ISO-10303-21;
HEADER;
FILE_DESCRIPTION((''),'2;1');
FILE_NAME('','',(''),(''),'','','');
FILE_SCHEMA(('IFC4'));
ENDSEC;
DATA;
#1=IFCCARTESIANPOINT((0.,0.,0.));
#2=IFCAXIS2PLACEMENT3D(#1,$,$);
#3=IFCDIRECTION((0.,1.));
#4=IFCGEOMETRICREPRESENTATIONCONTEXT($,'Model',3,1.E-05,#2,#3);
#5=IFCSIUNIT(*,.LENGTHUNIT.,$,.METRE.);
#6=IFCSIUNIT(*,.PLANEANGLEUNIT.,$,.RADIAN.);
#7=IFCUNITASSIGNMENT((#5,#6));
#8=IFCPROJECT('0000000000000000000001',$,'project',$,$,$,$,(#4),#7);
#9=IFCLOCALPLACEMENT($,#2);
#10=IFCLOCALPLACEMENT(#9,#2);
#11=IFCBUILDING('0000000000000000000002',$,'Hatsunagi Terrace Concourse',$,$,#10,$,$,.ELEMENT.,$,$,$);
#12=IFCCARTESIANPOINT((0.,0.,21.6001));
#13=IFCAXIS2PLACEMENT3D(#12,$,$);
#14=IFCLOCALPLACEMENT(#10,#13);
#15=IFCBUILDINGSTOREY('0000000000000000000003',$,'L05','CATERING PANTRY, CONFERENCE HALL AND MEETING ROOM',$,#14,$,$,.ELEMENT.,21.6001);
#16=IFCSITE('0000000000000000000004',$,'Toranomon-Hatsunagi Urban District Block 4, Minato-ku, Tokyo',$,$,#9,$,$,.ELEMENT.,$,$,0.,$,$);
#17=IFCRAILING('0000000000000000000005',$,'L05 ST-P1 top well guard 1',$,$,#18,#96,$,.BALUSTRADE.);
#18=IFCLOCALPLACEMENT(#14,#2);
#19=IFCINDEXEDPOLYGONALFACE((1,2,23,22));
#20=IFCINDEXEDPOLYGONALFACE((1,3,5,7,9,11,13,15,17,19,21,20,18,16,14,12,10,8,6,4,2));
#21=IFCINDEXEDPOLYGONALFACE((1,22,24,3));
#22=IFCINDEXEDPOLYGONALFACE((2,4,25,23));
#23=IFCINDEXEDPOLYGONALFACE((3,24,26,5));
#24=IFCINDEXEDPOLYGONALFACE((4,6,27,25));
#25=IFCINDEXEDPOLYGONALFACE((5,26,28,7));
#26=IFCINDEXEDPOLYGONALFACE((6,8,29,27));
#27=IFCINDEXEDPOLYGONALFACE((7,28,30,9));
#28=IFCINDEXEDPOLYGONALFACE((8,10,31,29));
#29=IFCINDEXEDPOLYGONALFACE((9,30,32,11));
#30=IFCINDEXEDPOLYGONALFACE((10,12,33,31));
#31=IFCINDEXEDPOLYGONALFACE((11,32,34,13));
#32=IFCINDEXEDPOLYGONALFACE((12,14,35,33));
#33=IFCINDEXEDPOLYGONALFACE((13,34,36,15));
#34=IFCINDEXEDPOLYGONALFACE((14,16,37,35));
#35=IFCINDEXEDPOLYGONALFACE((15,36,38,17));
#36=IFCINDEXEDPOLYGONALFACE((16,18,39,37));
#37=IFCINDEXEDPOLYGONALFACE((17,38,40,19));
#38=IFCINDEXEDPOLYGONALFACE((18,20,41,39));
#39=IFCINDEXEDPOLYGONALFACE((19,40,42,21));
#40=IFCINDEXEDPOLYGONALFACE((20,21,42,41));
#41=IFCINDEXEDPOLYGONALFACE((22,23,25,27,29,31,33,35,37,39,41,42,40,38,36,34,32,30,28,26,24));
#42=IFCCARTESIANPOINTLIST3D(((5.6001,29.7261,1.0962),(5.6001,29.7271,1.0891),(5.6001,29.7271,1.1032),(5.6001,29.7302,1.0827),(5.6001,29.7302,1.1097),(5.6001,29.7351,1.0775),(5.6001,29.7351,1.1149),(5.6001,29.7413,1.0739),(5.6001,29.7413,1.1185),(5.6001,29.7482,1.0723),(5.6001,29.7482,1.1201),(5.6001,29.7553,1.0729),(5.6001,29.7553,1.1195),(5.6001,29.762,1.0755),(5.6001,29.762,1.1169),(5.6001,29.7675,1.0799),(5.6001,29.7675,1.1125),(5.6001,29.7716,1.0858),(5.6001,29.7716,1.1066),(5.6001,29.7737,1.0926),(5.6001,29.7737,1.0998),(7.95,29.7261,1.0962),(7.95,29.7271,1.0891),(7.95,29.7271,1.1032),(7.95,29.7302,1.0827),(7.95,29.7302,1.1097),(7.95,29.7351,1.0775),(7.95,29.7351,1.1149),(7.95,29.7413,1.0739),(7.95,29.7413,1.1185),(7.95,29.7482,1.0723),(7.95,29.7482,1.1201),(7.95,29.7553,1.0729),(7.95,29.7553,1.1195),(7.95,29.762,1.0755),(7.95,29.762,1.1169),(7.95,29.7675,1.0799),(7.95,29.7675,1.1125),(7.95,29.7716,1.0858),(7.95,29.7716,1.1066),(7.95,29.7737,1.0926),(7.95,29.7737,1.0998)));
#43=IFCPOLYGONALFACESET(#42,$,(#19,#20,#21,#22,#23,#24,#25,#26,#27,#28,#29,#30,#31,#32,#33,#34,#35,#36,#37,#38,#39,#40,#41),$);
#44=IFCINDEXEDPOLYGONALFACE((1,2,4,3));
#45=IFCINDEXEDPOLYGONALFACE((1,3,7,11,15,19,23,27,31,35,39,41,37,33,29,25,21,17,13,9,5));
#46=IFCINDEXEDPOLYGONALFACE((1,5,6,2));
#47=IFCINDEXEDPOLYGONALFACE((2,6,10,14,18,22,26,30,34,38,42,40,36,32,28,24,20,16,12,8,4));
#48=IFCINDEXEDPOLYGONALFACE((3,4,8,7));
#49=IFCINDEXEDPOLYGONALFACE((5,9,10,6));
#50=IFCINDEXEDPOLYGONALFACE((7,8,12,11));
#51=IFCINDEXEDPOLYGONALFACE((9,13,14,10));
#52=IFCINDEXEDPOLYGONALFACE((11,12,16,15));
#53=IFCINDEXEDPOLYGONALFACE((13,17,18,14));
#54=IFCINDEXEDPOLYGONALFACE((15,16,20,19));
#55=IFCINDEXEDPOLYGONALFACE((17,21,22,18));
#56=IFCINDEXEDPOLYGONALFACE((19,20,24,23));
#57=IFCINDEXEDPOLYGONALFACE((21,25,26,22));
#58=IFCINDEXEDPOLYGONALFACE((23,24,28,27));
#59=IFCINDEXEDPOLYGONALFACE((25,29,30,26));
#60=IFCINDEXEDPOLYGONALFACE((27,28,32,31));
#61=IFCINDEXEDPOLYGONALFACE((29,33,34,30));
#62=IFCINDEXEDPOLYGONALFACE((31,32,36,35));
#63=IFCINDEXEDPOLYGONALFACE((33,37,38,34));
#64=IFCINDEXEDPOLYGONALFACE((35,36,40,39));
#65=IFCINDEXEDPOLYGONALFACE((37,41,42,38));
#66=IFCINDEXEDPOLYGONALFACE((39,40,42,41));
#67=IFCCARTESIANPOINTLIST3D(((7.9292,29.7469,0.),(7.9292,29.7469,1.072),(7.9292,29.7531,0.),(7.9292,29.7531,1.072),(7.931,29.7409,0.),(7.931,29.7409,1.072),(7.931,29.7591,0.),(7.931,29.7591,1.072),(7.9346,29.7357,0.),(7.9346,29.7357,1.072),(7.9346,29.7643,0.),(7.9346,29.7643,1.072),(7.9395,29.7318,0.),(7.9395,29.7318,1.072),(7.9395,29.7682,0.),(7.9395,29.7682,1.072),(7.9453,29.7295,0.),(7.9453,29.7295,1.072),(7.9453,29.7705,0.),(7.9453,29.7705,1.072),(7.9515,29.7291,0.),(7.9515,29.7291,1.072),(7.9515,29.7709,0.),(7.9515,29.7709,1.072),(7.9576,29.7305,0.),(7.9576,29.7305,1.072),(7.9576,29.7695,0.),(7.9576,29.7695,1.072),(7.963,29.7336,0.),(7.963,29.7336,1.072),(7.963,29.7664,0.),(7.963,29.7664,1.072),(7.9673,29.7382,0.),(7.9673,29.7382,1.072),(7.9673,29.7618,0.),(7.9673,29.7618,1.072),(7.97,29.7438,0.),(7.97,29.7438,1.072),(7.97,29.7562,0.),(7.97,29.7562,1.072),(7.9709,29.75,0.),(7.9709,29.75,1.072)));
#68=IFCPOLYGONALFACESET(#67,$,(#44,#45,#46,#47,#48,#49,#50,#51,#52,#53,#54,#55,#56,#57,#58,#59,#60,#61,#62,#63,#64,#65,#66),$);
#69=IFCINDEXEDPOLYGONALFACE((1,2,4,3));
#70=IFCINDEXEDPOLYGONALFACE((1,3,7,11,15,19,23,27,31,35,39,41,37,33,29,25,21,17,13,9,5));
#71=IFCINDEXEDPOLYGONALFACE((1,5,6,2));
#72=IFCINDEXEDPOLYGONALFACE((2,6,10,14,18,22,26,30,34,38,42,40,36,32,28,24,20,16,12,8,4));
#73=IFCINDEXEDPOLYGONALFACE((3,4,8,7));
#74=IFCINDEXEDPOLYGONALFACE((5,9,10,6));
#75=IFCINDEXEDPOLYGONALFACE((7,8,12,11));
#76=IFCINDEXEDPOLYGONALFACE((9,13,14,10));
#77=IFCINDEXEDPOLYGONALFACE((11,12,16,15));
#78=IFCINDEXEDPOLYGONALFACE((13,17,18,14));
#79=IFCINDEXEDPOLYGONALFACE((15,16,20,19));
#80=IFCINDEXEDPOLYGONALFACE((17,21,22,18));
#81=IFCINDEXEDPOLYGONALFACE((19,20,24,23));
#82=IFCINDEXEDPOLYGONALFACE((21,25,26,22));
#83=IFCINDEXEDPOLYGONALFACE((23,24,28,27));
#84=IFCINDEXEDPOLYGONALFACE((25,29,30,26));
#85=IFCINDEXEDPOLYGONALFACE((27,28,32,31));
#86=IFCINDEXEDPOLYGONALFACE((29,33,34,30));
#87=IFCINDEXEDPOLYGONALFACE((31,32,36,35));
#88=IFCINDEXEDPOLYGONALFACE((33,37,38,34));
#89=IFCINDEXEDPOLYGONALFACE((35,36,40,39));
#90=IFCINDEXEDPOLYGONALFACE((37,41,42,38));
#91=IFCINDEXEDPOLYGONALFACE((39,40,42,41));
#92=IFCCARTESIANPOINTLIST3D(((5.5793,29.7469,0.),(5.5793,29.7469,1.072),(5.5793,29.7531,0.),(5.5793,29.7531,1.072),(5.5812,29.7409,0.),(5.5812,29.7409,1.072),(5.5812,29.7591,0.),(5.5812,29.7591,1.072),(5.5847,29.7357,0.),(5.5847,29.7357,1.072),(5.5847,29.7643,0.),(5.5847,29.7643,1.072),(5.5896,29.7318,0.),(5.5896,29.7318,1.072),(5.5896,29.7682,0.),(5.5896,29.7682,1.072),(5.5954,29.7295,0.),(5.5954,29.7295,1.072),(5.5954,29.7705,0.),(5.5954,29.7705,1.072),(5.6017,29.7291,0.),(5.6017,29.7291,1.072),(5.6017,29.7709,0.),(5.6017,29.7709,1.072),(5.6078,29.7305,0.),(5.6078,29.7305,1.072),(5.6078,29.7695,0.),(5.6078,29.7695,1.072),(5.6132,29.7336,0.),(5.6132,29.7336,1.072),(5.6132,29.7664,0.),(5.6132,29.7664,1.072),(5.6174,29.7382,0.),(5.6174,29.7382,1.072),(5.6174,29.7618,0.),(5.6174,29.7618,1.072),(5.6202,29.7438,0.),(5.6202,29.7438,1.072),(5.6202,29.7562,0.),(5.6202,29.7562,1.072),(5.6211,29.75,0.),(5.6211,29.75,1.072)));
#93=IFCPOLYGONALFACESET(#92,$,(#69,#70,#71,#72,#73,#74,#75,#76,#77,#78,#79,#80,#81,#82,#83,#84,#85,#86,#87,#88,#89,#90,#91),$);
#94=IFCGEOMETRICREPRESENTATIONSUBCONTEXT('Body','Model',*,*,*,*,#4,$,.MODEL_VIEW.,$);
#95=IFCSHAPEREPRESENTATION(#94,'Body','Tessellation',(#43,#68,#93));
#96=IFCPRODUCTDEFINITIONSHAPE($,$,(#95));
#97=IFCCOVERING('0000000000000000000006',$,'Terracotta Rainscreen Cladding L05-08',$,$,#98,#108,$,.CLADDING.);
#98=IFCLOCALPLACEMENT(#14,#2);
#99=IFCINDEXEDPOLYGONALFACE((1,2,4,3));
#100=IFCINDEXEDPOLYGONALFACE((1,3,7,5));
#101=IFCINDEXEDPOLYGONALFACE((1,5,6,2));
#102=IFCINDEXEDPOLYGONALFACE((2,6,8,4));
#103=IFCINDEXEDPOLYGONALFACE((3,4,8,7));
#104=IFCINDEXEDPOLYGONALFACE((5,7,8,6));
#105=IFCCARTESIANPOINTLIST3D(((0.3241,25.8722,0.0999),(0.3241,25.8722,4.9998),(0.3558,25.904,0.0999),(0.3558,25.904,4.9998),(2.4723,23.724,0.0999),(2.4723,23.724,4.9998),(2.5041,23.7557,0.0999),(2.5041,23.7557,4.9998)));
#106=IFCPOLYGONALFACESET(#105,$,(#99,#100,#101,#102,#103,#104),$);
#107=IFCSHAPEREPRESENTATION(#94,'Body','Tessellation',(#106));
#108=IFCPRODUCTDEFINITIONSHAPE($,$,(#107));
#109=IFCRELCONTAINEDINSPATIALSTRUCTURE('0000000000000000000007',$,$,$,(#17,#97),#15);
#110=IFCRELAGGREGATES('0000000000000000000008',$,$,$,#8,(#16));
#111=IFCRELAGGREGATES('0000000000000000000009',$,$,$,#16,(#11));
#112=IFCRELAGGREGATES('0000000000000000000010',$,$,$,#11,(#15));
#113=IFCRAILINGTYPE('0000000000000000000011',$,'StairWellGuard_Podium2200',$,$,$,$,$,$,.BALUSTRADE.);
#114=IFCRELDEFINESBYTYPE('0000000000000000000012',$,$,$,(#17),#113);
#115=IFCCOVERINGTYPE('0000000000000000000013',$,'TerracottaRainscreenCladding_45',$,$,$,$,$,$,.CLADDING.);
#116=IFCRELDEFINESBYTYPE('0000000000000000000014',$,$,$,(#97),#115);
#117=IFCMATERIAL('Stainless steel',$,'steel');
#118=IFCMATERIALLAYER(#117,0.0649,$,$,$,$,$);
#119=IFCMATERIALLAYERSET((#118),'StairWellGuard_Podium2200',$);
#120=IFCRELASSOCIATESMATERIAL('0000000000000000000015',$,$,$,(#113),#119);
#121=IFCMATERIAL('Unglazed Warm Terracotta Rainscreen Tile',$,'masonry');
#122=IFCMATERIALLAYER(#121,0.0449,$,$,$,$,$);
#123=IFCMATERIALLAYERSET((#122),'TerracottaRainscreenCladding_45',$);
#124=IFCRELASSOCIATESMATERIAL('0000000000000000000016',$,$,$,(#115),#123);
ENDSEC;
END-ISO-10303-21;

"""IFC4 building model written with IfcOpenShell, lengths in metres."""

from ifc_helpers import new_model, si_unit, direction, frame, origin, origin_2d, place, context, subcontext, project, spatial, rectangle, circle, extrude, material, layer, layer_set, type_object, element, save


model = new_model("IFC4")

# Units and contexts
model_context = context("Model", 3, precision=1e-05, world=origin(), true_north=direction((0.0, 1.0)))
body_context = subcontext(model_context, "Body", "Model", "MODEL_VIEW")
ifc_project = project(units=[si_unit("LENGTHUNIT", "METRE"), si_unit("PLANEANGLEUNIT", "RADIAN")], contexts=[model_context])

# Site, building, storey
site_placement = place(None, origin())
site = spatial("IfcSite", under=ifc_project, at=site_placement, Name="Toranomon-Hatsunagi Urban District Block 4, Minato-ku, Tokyo", CompositionType="ELEMENT", RefElevation=0.0)
building_placement = place(site_placement, origin())
building = spatial("IfcBuilding", under=site, at=building_placement, Name="Hatsunagi Terrace Concourse", CompositionType="ELEMENT")
storey_placement = place(building_placement, frame((0.0, 0.0, 21.6001)))
storey = spatial("IfcBuildingStorey", under=building, at=storey_placement, Name="L05", Description="CATERING PANTRY, CONFERENCE HALL AND MEETING ROOM", CompositionType="ELEMENT", Elevation=21.6001)

# Railing
ifc_material_1 = material(Name="Stainless steel", Category="steel")
ifc_layer_1 = layer(ifc_material_1, 0.0649)
ifc_layer_set_1 = layer_set([ifc_layer_1], Name="StairWellGuard_Podium2200")
railing_type = type_object("IfcRailingType", Name="StairWellGuard_Podium2200", PredefinedType="BALUSTRADE", material=ifc_layer_set_1)
railing_placement = place(storey_placement, frame((7.95, 29.75, 0.0)))
element("IfcRailing", 1, at=railing_placement, inside=storey, type_object=railing_type, Name="L05 ST-P1 top well guard 1", PredefinedType="BALUSTRADE", context=body_context, shape_type="SweptSolid", body=[
    extrude(circle(Radius=0.0239, at=origin_2d()), frame((0.0, 0.0, 1.0962), z_axis=(-1.0, 0.0, 0.0), x_axis=(0.0, -1.0, 0.0)), (0.0, 0.0, 1.0), 2.3499),
    extrude(circle(Radius=0.021, at=origin_2d()), origin(), (0.0, 0.0, 1.0), 1.072),
    extrude(circle(Radius=0.021, at=origin_2d()), frame((-2.3499, 0.0, 0.0)), (0.0, 0.0, 1.0), 1.072),
])

# Covering
ifc_material_2 = material(Name="Unglazed Warm Terracotta Rainscreen Tile", Category="masonry")
ifc_layer_2 = layer(ifc_material_2, 0.0449)
ifc_layer_set_2 = layer_set([ifc_layer_2], Name="TerracottaRainscreenCladding_45")
covering_type = type_object("IfcCoveringType", Name="TerracottaRainscreenCladding_45", PredefinedType="CLADDING", material=ifc_layer_set_2)
covering_placement = place(storey_placement, frame((1.4141, 24.814, 0.0999), z_axis=(0.0, 0.0, 1.0), x_axis=(-0.707107, 0.707107, 0.0)))
element("IfcCovering", 2, at=covering_placement, inside=storey, type_object=covering_type, Name="Terracotta Rainscreen Cladding L05-08", PredefinedType="CLADDING", context=body_context, shape_type="SweptSolid", body=[
    extrude(rectangle(XDim=3.0381, YDim=0.0449, at=origin_2d()), origin(), (0.0, 0.0, 1.0), 4.8999),
])

save(model, "model.ifc")
